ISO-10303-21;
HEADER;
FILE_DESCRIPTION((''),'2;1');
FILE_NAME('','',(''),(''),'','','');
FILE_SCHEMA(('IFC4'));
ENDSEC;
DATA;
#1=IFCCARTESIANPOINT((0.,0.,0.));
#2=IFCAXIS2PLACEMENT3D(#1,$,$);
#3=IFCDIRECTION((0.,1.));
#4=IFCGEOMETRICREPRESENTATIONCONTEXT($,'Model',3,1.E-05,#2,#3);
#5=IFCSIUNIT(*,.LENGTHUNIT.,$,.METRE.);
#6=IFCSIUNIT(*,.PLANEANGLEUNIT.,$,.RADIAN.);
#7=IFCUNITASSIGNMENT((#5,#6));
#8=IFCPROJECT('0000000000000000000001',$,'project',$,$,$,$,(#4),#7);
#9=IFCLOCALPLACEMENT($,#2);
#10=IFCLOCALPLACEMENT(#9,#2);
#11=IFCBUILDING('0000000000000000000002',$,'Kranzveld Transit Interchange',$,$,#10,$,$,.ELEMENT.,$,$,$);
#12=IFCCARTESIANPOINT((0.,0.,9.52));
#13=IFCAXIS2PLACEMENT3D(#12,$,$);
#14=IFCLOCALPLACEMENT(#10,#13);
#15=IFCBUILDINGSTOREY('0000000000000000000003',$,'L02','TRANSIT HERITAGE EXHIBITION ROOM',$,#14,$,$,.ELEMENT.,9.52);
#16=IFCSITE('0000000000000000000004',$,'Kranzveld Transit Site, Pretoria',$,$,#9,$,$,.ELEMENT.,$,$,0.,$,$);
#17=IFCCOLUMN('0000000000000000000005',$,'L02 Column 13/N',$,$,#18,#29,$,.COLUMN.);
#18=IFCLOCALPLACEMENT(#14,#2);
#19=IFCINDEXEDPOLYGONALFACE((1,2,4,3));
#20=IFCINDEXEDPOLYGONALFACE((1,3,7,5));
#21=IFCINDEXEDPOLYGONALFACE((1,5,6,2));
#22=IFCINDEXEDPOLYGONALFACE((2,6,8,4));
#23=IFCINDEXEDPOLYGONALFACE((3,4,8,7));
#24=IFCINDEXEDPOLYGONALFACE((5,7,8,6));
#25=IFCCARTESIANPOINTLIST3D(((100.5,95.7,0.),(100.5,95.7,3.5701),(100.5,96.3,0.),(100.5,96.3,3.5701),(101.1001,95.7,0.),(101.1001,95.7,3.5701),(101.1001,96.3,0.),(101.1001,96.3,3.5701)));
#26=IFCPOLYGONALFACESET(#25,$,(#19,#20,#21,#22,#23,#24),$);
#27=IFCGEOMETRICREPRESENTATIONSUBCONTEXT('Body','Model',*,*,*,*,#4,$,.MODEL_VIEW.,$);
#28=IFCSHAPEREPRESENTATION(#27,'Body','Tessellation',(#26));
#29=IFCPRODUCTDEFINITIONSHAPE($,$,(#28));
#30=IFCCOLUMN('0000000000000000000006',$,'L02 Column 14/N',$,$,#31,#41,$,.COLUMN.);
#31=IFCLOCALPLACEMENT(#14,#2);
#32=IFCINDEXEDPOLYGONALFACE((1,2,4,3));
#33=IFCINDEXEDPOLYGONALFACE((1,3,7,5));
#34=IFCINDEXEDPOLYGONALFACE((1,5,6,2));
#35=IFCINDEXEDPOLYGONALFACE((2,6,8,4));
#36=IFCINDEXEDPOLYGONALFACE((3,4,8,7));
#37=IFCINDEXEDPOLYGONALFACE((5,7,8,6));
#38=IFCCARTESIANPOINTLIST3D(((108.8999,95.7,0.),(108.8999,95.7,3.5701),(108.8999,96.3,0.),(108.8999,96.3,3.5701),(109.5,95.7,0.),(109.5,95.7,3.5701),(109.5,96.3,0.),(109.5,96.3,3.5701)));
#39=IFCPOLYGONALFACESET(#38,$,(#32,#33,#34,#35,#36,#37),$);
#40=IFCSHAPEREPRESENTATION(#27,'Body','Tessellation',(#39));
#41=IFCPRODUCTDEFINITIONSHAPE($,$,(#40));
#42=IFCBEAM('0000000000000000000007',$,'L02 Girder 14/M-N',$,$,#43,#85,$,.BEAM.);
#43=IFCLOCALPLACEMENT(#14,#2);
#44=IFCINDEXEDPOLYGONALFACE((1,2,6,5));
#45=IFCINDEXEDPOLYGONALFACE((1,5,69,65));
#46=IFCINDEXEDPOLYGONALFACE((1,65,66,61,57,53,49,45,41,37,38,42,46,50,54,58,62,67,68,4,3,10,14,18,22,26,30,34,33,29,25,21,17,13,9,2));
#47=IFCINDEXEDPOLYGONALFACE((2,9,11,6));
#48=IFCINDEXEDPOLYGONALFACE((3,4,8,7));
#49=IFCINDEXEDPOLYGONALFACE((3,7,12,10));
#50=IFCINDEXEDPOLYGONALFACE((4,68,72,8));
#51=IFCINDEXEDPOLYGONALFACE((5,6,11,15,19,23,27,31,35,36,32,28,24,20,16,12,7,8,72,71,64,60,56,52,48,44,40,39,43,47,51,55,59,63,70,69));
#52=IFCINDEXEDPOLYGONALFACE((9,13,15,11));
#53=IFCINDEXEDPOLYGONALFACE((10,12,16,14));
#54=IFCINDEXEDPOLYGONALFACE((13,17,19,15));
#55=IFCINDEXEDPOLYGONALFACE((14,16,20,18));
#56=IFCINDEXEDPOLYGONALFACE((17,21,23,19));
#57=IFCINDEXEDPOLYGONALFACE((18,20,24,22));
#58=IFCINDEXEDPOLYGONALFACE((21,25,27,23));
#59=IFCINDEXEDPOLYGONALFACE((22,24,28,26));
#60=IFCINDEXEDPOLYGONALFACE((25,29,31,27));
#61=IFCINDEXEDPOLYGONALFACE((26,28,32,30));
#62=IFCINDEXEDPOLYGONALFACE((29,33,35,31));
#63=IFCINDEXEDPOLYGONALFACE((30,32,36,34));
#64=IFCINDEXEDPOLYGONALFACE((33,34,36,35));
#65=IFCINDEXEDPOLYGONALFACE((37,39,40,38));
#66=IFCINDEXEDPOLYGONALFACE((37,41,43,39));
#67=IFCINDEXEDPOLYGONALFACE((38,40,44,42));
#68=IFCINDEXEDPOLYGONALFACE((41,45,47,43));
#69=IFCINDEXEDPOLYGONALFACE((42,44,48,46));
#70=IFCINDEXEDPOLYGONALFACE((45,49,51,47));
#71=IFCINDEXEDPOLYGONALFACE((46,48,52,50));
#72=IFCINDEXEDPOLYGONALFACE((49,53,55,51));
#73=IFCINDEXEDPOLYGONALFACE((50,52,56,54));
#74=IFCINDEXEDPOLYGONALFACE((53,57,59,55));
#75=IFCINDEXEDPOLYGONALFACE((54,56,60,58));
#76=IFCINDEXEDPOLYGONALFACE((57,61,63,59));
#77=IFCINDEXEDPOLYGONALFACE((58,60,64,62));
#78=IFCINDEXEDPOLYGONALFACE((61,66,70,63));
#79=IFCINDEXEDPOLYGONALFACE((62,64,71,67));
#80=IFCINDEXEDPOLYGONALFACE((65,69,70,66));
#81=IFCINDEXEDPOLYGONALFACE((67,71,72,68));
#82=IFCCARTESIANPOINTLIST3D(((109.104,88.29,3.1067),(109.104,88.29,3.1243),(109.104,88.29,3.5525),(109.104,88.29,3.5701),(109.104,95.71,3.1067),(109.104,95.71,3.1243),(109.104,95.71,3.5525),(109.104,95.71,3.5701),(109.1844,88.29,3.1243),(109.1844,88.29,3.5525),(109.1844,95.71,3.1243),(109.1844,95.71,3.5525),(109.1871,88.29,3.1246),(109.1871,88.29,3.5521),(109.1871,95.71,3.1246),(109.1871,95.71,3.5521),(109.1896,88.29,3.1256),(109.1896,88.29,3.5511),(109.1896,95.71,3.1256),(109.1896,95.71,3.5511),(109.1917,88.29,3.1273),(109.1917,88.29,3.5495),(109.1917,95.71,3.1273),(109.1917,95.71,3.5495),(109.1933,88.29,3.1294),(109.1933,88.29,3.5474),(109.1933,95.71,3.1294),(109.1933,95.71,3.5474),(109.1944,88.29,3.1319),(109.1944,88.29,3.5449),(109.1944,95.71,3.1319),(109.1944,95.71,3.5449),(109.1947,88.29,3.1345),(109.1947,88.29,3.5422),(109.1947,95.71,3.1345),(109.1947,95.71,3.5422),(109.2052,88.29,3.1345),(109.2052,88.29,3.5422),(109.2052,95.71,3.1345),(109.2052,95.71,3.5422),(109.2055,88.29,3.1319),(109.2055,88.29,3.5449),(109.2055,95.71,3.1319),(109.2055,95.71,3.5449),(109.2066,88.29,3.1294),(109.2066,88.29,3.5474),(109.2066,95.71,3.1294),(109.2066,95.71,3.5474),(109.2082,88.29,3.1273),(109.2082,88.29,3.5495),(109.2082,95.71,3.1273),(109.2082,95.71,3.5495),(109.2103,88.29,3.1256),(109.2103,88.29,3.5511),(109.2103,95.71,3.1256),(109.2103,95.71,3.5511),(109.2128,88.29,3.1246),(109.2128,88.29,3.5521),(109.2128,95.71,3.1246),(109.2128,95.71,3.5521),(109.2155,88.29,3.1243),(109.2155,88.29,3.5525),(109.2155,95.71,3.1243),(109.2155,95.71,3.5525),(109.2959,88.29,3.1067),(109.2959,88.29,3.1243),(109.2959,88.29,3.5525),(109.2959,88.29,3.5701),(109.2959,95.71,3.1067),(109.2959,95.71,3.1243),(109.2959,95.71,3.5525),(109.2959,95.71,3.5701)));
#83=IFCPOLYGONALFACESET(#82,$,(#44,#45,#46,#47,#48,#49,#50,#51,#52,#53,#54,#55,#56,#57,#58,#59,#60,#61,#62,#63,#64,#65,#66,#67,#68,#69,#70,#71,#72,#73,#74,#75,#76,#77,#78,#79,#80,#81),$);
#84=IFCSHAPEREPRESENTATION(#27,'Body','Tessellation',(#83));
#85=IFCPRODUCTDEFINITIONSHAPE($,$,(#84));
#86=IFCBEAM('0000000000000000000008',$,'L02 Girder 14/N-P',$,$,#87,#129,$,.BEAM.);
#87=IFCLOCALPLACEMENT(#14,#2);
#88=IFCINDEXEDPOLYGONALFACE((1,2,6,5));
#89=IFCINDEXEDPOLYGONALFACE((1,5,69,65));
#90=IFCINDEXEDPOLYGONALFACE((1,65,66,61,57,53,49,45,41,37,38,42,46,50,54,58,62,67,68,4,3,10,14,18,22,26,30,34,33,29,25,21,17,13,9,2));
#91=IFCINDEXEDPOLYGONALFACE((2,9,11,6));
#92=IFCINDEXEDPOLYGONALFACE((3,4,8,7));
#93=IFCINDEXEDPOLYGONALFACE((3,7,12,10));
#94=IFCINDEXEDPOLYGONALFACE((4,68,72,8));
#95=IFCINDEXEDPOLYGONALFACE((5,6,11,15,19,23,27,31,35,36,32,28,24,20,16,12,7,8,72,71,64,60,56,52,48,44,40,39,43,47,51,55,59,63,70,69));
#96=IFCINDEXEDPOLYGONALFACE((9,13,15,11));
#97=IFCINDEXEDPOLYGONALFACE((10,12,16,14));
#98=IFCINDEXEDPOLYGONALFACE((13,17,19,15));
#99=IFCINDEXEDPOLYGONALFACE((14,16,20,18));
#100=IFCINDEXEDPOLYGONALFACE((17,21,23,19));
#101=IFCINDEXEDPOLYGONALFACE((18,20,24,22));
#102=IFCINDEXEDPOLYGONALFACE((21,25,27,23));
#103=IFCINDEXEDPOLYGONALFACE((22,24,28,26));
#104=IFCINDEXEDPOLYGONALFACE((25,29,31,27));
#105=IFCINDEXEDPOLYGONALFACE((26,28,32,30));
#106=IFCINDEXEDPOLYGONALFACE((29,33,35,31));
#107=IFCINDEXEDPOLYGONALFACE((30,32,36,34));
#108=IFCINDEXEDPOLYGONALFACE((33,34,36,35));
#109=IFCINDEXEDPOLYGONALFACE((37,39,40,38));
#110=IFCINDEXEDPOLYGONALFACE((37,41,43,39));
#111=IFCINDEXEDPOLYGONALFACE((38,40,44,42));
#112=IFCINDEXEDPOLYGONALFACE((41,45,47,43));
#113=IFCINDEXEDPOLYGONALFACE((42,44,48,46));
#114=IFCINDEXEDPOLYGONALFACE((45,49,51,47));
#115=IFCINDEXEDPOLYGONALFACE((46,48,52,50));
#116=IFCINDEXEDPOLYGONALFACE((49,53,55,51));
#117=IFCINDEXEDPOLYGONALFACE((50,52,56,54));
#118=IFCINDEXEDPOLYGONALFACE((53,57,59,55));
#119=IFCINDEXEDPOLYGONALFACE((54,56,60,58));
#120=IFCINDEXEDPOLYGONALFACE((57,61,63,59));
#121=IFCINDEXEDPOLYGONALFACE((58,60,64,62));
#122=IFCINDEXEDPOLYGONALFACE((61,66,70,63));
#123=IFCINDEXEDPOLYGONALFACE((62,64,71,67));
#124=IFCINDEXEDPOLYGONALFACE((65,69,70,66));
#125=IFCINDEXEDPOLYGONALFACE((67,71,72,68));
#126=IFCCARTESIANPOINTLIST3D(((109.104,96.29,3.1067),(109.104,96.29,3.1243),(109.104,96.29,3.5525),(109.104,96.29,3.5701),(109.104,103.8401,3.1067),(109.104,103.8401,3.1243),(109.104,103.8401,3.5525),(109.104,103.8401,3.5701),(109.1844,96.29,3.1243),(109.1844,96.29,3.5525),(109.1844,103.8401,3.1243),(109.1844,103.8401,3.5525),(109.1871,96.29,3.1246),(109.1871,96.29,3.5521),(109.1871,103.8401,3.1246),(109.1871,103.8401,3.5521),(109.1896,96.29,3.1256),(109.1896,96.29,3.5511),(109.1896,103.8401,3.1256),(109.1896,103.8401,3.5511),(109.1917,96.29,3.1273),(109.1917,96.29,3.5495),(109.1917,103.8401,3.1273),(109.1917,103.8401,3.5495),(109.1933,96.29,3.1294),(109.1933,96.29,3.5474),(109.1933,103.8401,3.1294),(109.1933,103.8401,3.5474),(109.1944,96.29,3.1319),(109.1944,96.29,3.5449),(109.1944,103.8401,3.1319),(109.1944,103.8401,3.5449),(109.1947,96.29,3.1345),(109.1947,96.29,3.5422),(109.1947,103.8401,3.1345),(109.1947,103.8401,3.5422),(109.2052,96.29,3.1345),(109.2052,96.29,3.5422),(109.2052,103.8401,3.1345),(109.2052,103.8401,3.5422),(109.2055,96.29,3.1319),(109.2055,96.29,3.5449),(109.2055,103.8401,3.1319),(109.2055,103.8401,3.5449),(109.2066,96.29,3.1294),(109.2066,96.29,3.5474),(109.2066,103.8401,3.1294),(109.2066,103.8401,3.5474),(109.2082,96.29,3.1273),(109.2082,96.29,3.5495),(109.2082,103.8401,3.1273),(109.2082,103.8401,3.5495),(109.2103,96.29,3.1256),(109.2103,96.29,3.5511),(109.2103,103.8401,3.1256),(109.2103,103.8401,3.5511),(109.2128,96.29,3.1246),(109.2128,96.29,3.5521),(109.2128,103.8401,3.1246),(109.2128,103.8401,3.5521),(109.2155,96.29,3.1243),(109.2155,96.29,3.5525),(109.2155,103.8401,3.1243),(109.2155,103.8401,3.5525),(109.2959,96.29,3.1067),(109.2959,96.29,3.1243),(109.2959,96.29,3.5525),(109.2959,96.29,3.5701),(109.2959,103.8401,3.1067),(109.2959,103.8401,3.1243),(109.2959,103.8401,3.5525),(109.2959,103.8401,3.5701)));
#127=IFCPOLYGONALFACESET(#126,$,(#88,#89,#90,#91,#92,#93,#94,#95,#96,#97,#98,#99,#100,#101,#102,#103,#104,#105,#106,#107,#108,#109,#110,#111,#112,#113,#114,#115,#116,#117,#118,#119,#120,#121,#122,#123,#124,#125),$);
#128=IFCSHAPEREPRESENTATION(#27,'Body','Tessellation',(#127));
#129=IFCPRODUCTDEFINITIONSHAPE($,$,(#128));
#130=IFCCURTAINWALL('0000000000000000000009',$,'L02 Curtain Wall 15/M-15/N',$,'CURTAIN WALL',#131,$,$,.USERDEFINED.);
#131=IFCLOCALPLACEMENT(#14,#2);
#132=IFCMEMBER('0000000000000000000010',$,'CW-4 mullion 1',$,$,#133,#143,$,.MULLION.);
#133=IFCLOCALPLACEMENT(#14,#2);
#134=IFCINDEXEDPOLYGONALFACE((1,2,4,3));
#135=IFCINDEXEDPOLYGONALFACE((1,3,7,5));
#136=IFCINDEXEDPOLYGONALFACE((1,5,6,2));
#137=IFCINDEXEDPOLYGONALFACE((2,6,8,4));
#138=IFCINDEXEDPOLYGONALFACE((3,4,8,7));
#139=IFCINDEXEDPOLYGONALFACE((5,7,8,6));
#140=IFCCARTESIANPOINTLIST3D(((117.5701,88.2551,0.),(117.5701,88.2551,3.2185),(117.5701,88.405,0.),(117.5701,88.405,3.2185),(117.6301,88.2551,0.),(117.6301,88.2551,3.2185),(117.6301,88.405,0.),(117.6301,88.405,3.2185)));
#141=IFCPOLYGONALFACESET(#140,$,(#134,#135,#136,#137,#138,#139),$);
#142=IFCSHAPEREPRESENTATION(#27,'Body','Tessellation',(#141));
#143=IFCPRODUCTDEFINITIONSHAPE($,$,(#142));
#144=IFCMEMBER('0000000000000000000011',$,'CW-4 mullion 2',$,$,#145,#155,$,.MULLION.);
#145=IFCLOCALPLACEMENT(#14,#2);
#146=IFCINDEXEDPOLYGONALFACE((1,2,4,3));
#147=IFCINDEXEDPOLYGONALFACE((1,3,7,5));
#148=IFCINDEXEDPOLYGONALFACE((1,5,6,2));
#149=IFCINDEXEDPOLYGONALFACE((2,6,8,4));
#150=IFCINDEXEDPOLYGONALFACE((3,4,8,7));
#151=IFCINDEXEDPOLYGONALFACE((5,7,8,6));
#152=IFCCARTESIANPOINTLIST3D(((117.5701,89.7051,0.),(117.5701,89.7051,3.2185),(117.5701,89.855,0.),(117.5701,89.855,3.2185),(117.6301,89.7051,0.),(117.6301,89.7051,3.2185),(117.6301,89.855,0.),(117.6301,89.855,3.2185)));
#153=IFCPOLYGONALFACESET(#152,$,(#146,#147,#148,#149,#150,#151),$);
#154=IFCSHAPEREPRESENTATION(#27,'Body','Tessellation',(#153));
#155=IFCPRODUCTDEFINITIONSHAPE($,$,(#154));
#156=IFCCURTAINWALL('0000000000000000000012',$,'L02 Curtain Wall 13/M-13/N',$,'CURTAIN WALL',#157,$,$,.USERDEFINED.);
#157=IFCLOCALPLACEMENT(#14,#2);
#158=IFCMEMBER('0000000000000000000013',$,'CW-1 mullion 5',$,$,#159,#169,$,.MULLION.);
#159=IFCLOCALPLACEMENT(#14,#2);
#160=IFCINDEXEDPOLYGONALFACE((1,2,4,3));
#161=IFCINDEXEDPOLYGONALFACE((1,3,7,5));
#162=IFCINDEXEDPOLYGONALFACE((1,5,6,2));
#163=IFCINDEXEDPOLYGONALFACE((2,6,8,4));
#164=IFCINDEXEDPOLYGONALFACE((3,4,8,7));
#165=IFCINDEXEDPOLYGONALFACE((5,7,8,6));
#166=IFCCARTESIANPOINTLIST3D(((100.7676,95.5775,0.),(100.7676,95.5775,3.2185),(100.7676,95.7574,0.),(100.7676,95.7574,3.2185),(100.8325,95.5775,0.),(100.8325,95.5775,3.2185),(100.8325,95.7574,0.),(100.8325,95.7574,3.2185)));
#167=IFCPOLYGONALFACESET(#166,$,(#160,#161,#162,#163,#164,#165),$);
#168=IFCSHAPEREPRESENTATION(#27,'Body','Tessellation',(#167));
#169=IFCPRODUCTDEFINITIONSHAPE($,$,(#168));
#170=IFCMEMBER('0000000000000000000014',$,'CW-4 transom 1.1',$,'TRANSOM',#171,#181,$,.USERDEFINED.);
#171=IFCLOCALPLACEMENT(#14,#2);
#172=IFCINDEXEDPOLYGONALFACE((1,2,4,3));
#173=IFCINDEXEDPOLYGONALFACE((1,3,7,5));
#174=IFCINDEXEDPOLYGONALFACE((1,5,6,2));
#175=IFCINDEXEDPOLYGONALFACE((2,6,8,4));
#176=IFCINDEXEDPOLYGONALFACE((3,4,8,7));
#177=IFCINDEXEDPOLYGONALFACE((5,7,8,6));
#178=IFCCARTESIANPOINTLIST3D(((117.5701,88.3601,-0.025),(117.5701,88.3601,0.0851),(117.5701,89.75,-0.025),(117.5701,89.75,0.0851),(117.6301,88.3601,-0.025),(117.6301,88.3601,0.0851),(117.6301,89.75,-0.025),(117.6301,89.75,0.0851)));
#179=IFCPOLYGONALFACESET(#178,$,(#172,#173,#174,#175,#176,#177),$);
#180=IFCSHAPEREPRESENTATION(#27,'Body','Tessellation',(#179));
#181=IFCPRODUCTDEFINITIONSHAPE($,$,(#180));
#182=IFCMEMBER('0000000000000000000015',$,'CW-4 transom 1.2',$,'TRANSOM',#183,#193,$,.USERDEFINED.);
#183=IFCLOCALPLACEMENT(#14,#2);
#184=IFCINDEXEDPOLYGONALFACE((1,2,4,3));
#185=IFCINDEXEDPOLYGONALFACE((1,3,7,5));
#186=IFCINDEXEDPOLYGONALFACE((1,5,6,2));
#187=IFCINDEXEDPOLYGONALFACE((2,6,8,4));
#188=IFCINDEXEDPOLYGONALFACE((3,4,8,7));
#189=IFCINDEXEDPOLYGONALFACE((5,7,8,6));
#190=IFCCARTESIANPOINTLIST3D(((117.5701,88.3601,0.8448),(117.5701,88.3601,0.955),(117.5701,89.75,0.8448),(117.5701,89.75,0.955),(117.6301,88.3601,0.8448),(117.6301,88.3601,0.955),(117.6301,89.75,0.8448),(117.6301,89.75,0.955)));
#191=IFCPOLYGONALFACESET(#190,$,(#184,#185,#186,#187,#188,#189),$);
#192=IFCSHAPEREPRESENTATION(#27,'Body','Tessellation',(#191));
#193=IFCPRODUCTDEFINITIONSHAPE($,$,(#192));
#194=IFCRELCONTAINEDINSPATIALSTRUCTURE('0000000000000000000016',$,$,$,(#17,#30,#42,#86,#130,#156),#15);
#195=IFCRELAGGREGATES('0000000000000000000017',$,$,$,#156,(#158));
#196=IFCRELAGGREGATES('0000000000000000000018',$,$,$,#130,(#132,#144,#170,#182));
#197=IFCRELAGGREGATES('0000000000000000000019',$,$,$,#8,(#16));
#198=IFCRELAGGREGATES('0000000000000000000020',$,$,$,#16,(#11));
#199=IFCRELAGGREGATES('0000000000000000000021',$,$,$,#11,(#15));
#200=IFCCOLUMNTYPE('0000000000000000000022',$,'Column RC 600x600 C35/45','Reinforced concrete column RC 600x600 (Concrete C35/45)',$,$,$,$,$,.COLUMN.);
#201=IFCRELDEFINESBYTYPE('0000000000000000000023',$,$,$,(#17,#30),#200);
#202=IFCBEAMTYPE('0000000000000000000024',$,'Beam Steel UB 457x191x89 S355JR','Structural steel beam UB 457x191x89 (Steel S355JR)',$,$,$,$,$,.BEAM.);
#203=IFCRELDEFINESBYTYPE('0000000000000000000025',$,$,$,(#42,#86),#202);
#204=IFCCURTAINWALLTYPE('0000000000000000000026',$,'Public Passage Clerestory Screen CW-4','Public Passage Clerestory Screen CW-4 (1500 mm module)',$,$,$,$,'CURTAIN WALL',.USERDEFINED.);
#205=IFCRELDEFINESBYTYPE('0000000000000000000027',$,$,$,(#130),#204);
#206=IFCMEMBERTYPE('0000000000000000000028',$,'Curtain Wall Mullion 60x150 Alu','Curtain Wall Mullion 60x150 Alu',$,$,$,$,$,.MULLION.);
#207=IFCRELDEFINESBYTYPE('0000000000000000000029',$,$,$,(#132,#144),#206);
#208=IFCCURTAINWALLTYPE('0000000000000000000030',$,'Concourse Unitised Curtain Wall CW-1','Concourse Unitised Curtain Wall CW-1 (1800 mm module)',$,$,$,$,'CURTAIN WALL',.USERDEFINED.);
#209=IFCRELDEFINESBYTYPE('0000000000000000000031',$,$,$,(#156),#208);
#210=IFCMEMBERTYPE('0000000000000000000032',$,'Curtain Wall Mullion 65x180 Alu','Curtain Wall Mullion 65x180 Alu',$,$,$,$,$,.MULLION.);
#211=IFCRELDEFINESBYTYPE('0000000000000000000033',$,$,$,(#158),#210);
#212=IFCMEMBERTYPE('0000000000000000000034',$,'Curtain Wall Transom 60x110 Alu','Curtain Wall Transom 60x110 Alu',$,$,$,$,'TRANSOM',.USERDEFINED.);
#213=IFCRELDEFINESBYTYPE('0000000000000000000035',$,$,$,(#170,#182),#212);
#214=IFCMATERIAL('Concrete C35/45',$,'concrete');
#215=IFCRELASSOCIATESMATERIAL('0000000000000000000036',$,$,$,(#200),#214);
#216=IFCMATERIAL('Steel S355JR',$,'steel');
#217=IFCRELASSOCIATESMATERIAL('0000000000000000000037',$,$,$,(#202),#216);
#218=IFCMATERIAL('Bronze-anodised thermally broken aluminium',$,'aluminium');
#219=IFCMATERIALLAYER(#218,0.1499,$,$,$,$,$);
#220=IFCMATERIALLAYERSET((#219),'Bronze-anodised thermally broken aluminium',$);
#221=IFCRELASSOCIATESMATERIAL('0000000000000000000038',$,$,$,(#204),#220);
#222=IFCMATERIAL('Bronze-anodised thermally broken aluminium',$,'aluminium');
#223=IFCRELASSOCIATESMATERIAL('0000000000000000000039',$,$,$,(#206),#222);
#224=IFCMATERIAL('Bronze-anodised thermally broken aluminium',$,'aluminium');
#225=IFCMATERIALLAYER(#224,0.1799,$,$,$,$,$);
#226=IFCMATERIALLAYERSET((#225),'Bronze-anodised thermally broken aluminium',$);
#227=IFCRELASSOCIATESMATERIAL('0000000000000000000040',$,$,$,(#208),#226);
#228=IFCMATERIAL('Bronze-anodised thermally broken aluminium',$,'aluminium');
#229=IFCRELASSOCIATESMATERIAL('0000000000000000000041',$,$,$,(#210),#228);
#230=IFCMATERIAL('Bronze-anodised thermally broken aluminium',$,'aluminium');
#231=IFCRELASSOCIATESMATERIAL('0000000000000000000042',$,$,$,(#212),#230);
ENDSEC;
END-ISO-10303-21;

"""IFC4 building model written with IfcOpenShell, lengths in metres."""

from ifc_helpers import new_model, si_unit, direction, frame, origin, origin_2d, place, context, subcontext, project, spatial, rectangle, i_section, extrude, material, layer, layer_set, material_profile, profile_set, type_object, element, aggregate, save


model = new_model("IFC4")

# Units and contexts
model_context = context("Model", 3, precision=1e-05, world=origin(), true_north=direction((0.0, 1.0)))
body_context = subcontext(model_context, "Body", "Model", "MODEL_VIEW")
ifc_project = project(units=[si_unit("LENGTHUNIT", "METRE"), si_unit("PLANEANGLEUNIT", "RADIAN")], contexts=[model_context])

# Site, building, storey
site_placement = place(None, origin())
site = spatial("IfcSite", under=ifc_project, at=site_placement, Name="Kranzveld Transit Site, Pretoria", CompositionType="ELEMENT", RefElevation=0.0)
building_placement = place(site_placement, origin())
building = spatial("IfcBuilding", under=site, at=building_placement, Name="Kranzveld Transit Interchange", CompositionType="ELEMENT")
storey_placement = place(building_placement, frame((0.0, 0.0, 9.52)))
storey = spatial("IfcBuildingStorey", under=building, at=storey_placement, Name="L02", Description="TRANSIT HERITAGE EXHIBITION ROOM", CompositionType="ELEMENT", Elevation=9.52)

# Columns
ifc_material_1 = material(Name="Concrete C35/45", Category="concrete")
ifc_material_profile_1 = material_profile(ifc_material_1, rectangle(XDim=0.6001, YDim=0.6001, at=origin_2d()), Name="RC 600x600")
ifc_profile_set_1 = profile_set([ifc_material_profile_1], Name="Concrete C35/45")
column_type = type_object("IfcColumnType", Name="Column RC 600x600 C35/45", Description="Reinforced concrete column RC 600x600 (Concrete C35/45)", PredefinedType="COLUMN", material=ifc_profile_set_1)
for number, where, z_axis, x_axis, name in (
    (1, (100.8, 96.0, 0.0), (0.0, 0.0, 1.0), (1.0, 0.0, 0.0), "L02 Column 13/N"),
    (2, (109.2, 96.0, 0.0), (0.0, 0.0, 1.0), (1.0, 0.0, 0.0), "L02 Column 14/N"),
):
    element("IfcColumn", number, at=place(storey_placement, frame(where, z_axis=z_axis, x_axis=x_axis)), inside=storey, type_object=column_type, Name=name, PredefinedType="COLUMN", context=body_context, shape_type="SweptSolid", body=[
        extrude(rectangle(XDim=0.6001, YDim=0.6001, at=origin_2d()), origin(), (0.0, 0.0, 1.0), 3.5701),
    ])

# Beams
ifc_material_2 = material(Name="Steel S355JR", Category="steel")
ifc_material_profile_2 = material_profile(ifc_material_2, i_section(OverallWidth=0.1919, OverallDepth=0.4634, WebThickness=0.0105, FlangeThickness=0.0176, FilletRadius=0.0103, at=origin_2d()), Name="UB 457x191x89")
ifc_profile_set_2 = profile_set([ifc_material_profile_2], Name="Steel S355JR")
beam_type_1 = type_object("IfcBeamType", Name="Beam Steel UB 457x191x89 S355JR", Description="Structural steel beam UB 457x191x89 (Steel S355JR)", PredefinedType="BEAM", material=ifc_profile_set_2)
beam_1_placement = place(storey_placement, frame((109.2, 88.29, 3.3384), z_axis=(0.0, 1.0, 0.0), x_axis=(-1.0, 0.0, 0.0)))
element("IfcBeam", 3, at=beam_1_placement, inside=storey, type_object=beam_type_1, Name="L02 Girder 14/M-N", PredefinedType="BEAM", context=body_context, shape_type="SweptSolid", body=[
    extrude(i_section(OverallWidth=0.1919, OverallDepth=0.4634, WebThickness=0.0105, FlangeThickness=0.0176, FilletRadius=0.0103, at=origin_2d()), origin(), (0.0, 0.0, 1.0), 7.4199),
])
beam_2_placement = place(storey_placement, frame((109.2, 96.29, 3.3384), z_axis=(0.0, 1.0, 0.0), x_axis=(-1.0, 0.0, 0.0)))
element("IfcBeam", 4, at=beam_2_placement, inside=storey, type_object=beam_type_1, Name="L02 Girder 14/N-P", PredefinedType="BEAM", context=body_context, shape_type="SweptSolid", body=[
    extrude(i_section(OverallWidth=0.1919, OverallDepth=0.4634, WebThickness=0.0105, FlangeThickness=0.0176, FilletRadius=0.0103, at=origin_2d()), origin(), (0.0, 0.0, 1.0), 7.55),
])

# Curtain wall, members
ifc_material_3 = material(Name="Bronze-anodised thermally broken aluminium", Category="aluminium")
ifc_layer_1 = layer(ifc_material_3, 0.1499)
ifc_layer_set_1 = layer_set([ifc_layer_1], Name="Bronze-anodised thermally broken aluminium")
curtain_wall_type_1 = type_object("IfcCurtainWallType", Name="Public Passage Clerestory Screen CW-4", Description="Public Passage Clerestory Screen CW-4 (1500 mm module)", ElementType="CURTAIN WALL", PredefinedType="USERDEFINED", material=ifc_layer_set_1)
curtain_wall_1_placement = place(storey_placement, origin())
curtain_wall_1 = element("IfcCurtainWall", 5, at=curtain_wall_1_placement, inside=storey, type_object=curtain_wall_type_1, Name="L02 Curtain Wall 15/M-15/N", ObjectType="CURTAIN WALL", PredefinedType="USERDEFINED")
ifc_material_4 = material(Name="Bronze-anodised thermally broken aluminium", Category="aluminium")
ifc_material_profile_3 = material_profile(ifc_material_4, rectangle(XDim=0.0601, YDim=0.1499, at=origin_2d()), Name="ALU MULLION 60x150")
ifc_profile_set_3 = profile_set([ifc_material_profile_3], Name="Bronze-anodised thermally broken aluminium")
member_type_1 = type_object("IfcMemberType", Name="Curtain Wall Mullion 60x150 Alu", Description="Curtain Wall Mullion 60x150 Alu", PredefinedType="MULLION", material=ifc_profile_set_3)
member_1_placement = place(storey_placement, frame((117.6001, 88.3301, 0.0), z_axis=(0.0, 0.0, 1.0), x_axis=(-1.0, 0.0, 0.0)))
member_1 = element("IfcMember", 6, at=member_1_placement, type_object=member_type_1, Name="CW-4 mullion 1", PredefinedType="MULLION", context=body_context, shape_type="SweptSolid", body=[
    extrude(rectangle(XDim=0.0601, YDim=0.1499, at=origin_2d()), origin(), (0.0, 0.0, 1.0), 3.2185),
])
member_2_placement = place(storey_placement, frame((117.6001, 89.78, 0.0), z_axis=(0.0, 0.0, 1.0), x_axis=(-1.0, 0.0, 0.0)))
member_2 = element("IfcMember", 7, at=member_2_placement, type_object=member_type_1, Name="CW-4 mullion 2", PredefinedType="MULLION", context=body_context, shape_type="SweptSolid", body=[
    extrude(rectangle(XDim=0.0601, YDim=0.1499, at=origin_2d()), origin(), (0.0, 0.0, 1.0), 3.2185),
])

# Curtain wall, member
ifc_material_5 = material(Name="Bronze-anodised thermally broken aluminium", Category="aluminium")
ifc_layer_2 = layer(ifc_material_5, 0.1799)
ifc_layer_set_2 = layer_set([ifc_layer_2], Name="Bronze-anodised thermally broken aluminium")
curtain_wall_type_2 = type_object("IfcCurtainWallType", Name="Concourse Unitised Curtain Wall CW-1", Description="Concourse Unitised Curtain Wall CW-1 (1800 mm module)", ElementType="CURTAIN WALL", PredefinedType="USERDEFINED", material=ifc_layer_set_2)
curtain_wall_2_placement = place(storey_placement, origin())
curtain_wall_2 = element("IfcCurtainWall", 8, at=curtain_wall_2_placement, inside=storey, type_object=curtain_wall_type_2, Name="L02 Curtain Wall 13/M-13/N", ObjectType="CURTAIN WALL", PredefinedType="USERDEFINED")
ifc_material_6 = material(Name="Bronze-anodised thermally broken aluminium", Category="aluminium")
ifc_material_profile_4 = material_profile(ifc_material_6, rectangle(XDim=0.0649, YDim=0.1799, at=origin_2d()), Name="ALU MULLION 65x180")
ifc_profile_set_4 = profile_set([ifc_material_profile_4], Name="Bronze-anodised thermally broken aluminium")
member_type_2 = type_object("IfcMemberType", Name="Curtain Wall Mullion 65x180 Alu", Description="Curtain Wall Mullion 65x180 Alu", PredefinedType="MULLION", material=ifc_profile_set_4)
member_3_placement = place(storey_placement, frame((100.8, 95.6675, 0.0), z_axis=(0.0, 0.0, 1.0), x_axis=(-1.0, 0.0, 0.0)))
member_3 = element("IfcMember", 9, at=member_3_placement, type_object=member_type_2, Name="CW-1 mullion 5", PredefinedType="MULLION", context=body_context, shape_type="SweptSolid", body=[
    extrude(rectangle(XDim=0.0649, YDim=0.1799, at=origin_2d()), origin(), (0.0, 0.0, 1.0), 3.2185),
])
aggregate(curtain_wall_2, [member_3])

# Members
ifc_material_7 = material(Name="Bronze-anodised thermally broken aluminium", Category="aluminium")
ifc_material_profile_5 = material_profile(ifc_material_7, rectangle(XDim=0.0601, YDim=0.1101, at=origin_2d()), Name="ALU TRANSOM 60x110")
ifc_profile_set_5 = profile_set([ifc_material_profile_5], Name="Bronze-anodised thermally broken aluminium")
member_type_3 = type_object("IfcMemberType", Name="Curtain Wall Transom 60x110 Alu", Description="Curtain Wall Transom 60x110 Alu", ElementType="TRANSOM", PredefinedType="USERDEFINED", material=ifc_profile_set_5)
member_4_placement = place(storey_placement, frame((117.6001, 88.3601, 0.03), z_axis=(0.0, 1.0, 0.0), x_axis=(-1.0, 0.0, 0.0)))
member_4 = element("IfcMember", 10, at=member_4_placement, type_object=member_type_3, Name="CW-4 transom 1.1", ObjectType="TRANSOM", PredefinedType="USERDEFINED", context=body_context, shape_type="SweptSolid", body=[
    extrude(rectangle(XDim=0.0601, YDim=0.1101, at=origin_2d()), origin(), (0.0, 0.0, 1.0), 1.3899),
])
member_5_placement = place(storey_placement, frame((117.6001, 88.3601, 0.8999), z_axis=(0.0, 1.0, 0.0), x_axis=(-1.0, 0.0, 0.0)))
member_5 = element("IfcMember", 11, at=member_5_placement, type_object=member_type_3, Name="CW-4 transom 1.2", ObjectType="TRANSOM", PredefinedType="USERDEFINED", context=body_context, shape_type="SweptSolid", body=[
    extrude(rectangle(XDim=0.0601, YDim=0.1101, at=origin_2d()), origin(), (0.0, 0.0, 1.0), 1.3899),
])

aggregate(curtain_wall_1, [member_1, member_2, member_4, member_5])

save(model, "model.ifc")
